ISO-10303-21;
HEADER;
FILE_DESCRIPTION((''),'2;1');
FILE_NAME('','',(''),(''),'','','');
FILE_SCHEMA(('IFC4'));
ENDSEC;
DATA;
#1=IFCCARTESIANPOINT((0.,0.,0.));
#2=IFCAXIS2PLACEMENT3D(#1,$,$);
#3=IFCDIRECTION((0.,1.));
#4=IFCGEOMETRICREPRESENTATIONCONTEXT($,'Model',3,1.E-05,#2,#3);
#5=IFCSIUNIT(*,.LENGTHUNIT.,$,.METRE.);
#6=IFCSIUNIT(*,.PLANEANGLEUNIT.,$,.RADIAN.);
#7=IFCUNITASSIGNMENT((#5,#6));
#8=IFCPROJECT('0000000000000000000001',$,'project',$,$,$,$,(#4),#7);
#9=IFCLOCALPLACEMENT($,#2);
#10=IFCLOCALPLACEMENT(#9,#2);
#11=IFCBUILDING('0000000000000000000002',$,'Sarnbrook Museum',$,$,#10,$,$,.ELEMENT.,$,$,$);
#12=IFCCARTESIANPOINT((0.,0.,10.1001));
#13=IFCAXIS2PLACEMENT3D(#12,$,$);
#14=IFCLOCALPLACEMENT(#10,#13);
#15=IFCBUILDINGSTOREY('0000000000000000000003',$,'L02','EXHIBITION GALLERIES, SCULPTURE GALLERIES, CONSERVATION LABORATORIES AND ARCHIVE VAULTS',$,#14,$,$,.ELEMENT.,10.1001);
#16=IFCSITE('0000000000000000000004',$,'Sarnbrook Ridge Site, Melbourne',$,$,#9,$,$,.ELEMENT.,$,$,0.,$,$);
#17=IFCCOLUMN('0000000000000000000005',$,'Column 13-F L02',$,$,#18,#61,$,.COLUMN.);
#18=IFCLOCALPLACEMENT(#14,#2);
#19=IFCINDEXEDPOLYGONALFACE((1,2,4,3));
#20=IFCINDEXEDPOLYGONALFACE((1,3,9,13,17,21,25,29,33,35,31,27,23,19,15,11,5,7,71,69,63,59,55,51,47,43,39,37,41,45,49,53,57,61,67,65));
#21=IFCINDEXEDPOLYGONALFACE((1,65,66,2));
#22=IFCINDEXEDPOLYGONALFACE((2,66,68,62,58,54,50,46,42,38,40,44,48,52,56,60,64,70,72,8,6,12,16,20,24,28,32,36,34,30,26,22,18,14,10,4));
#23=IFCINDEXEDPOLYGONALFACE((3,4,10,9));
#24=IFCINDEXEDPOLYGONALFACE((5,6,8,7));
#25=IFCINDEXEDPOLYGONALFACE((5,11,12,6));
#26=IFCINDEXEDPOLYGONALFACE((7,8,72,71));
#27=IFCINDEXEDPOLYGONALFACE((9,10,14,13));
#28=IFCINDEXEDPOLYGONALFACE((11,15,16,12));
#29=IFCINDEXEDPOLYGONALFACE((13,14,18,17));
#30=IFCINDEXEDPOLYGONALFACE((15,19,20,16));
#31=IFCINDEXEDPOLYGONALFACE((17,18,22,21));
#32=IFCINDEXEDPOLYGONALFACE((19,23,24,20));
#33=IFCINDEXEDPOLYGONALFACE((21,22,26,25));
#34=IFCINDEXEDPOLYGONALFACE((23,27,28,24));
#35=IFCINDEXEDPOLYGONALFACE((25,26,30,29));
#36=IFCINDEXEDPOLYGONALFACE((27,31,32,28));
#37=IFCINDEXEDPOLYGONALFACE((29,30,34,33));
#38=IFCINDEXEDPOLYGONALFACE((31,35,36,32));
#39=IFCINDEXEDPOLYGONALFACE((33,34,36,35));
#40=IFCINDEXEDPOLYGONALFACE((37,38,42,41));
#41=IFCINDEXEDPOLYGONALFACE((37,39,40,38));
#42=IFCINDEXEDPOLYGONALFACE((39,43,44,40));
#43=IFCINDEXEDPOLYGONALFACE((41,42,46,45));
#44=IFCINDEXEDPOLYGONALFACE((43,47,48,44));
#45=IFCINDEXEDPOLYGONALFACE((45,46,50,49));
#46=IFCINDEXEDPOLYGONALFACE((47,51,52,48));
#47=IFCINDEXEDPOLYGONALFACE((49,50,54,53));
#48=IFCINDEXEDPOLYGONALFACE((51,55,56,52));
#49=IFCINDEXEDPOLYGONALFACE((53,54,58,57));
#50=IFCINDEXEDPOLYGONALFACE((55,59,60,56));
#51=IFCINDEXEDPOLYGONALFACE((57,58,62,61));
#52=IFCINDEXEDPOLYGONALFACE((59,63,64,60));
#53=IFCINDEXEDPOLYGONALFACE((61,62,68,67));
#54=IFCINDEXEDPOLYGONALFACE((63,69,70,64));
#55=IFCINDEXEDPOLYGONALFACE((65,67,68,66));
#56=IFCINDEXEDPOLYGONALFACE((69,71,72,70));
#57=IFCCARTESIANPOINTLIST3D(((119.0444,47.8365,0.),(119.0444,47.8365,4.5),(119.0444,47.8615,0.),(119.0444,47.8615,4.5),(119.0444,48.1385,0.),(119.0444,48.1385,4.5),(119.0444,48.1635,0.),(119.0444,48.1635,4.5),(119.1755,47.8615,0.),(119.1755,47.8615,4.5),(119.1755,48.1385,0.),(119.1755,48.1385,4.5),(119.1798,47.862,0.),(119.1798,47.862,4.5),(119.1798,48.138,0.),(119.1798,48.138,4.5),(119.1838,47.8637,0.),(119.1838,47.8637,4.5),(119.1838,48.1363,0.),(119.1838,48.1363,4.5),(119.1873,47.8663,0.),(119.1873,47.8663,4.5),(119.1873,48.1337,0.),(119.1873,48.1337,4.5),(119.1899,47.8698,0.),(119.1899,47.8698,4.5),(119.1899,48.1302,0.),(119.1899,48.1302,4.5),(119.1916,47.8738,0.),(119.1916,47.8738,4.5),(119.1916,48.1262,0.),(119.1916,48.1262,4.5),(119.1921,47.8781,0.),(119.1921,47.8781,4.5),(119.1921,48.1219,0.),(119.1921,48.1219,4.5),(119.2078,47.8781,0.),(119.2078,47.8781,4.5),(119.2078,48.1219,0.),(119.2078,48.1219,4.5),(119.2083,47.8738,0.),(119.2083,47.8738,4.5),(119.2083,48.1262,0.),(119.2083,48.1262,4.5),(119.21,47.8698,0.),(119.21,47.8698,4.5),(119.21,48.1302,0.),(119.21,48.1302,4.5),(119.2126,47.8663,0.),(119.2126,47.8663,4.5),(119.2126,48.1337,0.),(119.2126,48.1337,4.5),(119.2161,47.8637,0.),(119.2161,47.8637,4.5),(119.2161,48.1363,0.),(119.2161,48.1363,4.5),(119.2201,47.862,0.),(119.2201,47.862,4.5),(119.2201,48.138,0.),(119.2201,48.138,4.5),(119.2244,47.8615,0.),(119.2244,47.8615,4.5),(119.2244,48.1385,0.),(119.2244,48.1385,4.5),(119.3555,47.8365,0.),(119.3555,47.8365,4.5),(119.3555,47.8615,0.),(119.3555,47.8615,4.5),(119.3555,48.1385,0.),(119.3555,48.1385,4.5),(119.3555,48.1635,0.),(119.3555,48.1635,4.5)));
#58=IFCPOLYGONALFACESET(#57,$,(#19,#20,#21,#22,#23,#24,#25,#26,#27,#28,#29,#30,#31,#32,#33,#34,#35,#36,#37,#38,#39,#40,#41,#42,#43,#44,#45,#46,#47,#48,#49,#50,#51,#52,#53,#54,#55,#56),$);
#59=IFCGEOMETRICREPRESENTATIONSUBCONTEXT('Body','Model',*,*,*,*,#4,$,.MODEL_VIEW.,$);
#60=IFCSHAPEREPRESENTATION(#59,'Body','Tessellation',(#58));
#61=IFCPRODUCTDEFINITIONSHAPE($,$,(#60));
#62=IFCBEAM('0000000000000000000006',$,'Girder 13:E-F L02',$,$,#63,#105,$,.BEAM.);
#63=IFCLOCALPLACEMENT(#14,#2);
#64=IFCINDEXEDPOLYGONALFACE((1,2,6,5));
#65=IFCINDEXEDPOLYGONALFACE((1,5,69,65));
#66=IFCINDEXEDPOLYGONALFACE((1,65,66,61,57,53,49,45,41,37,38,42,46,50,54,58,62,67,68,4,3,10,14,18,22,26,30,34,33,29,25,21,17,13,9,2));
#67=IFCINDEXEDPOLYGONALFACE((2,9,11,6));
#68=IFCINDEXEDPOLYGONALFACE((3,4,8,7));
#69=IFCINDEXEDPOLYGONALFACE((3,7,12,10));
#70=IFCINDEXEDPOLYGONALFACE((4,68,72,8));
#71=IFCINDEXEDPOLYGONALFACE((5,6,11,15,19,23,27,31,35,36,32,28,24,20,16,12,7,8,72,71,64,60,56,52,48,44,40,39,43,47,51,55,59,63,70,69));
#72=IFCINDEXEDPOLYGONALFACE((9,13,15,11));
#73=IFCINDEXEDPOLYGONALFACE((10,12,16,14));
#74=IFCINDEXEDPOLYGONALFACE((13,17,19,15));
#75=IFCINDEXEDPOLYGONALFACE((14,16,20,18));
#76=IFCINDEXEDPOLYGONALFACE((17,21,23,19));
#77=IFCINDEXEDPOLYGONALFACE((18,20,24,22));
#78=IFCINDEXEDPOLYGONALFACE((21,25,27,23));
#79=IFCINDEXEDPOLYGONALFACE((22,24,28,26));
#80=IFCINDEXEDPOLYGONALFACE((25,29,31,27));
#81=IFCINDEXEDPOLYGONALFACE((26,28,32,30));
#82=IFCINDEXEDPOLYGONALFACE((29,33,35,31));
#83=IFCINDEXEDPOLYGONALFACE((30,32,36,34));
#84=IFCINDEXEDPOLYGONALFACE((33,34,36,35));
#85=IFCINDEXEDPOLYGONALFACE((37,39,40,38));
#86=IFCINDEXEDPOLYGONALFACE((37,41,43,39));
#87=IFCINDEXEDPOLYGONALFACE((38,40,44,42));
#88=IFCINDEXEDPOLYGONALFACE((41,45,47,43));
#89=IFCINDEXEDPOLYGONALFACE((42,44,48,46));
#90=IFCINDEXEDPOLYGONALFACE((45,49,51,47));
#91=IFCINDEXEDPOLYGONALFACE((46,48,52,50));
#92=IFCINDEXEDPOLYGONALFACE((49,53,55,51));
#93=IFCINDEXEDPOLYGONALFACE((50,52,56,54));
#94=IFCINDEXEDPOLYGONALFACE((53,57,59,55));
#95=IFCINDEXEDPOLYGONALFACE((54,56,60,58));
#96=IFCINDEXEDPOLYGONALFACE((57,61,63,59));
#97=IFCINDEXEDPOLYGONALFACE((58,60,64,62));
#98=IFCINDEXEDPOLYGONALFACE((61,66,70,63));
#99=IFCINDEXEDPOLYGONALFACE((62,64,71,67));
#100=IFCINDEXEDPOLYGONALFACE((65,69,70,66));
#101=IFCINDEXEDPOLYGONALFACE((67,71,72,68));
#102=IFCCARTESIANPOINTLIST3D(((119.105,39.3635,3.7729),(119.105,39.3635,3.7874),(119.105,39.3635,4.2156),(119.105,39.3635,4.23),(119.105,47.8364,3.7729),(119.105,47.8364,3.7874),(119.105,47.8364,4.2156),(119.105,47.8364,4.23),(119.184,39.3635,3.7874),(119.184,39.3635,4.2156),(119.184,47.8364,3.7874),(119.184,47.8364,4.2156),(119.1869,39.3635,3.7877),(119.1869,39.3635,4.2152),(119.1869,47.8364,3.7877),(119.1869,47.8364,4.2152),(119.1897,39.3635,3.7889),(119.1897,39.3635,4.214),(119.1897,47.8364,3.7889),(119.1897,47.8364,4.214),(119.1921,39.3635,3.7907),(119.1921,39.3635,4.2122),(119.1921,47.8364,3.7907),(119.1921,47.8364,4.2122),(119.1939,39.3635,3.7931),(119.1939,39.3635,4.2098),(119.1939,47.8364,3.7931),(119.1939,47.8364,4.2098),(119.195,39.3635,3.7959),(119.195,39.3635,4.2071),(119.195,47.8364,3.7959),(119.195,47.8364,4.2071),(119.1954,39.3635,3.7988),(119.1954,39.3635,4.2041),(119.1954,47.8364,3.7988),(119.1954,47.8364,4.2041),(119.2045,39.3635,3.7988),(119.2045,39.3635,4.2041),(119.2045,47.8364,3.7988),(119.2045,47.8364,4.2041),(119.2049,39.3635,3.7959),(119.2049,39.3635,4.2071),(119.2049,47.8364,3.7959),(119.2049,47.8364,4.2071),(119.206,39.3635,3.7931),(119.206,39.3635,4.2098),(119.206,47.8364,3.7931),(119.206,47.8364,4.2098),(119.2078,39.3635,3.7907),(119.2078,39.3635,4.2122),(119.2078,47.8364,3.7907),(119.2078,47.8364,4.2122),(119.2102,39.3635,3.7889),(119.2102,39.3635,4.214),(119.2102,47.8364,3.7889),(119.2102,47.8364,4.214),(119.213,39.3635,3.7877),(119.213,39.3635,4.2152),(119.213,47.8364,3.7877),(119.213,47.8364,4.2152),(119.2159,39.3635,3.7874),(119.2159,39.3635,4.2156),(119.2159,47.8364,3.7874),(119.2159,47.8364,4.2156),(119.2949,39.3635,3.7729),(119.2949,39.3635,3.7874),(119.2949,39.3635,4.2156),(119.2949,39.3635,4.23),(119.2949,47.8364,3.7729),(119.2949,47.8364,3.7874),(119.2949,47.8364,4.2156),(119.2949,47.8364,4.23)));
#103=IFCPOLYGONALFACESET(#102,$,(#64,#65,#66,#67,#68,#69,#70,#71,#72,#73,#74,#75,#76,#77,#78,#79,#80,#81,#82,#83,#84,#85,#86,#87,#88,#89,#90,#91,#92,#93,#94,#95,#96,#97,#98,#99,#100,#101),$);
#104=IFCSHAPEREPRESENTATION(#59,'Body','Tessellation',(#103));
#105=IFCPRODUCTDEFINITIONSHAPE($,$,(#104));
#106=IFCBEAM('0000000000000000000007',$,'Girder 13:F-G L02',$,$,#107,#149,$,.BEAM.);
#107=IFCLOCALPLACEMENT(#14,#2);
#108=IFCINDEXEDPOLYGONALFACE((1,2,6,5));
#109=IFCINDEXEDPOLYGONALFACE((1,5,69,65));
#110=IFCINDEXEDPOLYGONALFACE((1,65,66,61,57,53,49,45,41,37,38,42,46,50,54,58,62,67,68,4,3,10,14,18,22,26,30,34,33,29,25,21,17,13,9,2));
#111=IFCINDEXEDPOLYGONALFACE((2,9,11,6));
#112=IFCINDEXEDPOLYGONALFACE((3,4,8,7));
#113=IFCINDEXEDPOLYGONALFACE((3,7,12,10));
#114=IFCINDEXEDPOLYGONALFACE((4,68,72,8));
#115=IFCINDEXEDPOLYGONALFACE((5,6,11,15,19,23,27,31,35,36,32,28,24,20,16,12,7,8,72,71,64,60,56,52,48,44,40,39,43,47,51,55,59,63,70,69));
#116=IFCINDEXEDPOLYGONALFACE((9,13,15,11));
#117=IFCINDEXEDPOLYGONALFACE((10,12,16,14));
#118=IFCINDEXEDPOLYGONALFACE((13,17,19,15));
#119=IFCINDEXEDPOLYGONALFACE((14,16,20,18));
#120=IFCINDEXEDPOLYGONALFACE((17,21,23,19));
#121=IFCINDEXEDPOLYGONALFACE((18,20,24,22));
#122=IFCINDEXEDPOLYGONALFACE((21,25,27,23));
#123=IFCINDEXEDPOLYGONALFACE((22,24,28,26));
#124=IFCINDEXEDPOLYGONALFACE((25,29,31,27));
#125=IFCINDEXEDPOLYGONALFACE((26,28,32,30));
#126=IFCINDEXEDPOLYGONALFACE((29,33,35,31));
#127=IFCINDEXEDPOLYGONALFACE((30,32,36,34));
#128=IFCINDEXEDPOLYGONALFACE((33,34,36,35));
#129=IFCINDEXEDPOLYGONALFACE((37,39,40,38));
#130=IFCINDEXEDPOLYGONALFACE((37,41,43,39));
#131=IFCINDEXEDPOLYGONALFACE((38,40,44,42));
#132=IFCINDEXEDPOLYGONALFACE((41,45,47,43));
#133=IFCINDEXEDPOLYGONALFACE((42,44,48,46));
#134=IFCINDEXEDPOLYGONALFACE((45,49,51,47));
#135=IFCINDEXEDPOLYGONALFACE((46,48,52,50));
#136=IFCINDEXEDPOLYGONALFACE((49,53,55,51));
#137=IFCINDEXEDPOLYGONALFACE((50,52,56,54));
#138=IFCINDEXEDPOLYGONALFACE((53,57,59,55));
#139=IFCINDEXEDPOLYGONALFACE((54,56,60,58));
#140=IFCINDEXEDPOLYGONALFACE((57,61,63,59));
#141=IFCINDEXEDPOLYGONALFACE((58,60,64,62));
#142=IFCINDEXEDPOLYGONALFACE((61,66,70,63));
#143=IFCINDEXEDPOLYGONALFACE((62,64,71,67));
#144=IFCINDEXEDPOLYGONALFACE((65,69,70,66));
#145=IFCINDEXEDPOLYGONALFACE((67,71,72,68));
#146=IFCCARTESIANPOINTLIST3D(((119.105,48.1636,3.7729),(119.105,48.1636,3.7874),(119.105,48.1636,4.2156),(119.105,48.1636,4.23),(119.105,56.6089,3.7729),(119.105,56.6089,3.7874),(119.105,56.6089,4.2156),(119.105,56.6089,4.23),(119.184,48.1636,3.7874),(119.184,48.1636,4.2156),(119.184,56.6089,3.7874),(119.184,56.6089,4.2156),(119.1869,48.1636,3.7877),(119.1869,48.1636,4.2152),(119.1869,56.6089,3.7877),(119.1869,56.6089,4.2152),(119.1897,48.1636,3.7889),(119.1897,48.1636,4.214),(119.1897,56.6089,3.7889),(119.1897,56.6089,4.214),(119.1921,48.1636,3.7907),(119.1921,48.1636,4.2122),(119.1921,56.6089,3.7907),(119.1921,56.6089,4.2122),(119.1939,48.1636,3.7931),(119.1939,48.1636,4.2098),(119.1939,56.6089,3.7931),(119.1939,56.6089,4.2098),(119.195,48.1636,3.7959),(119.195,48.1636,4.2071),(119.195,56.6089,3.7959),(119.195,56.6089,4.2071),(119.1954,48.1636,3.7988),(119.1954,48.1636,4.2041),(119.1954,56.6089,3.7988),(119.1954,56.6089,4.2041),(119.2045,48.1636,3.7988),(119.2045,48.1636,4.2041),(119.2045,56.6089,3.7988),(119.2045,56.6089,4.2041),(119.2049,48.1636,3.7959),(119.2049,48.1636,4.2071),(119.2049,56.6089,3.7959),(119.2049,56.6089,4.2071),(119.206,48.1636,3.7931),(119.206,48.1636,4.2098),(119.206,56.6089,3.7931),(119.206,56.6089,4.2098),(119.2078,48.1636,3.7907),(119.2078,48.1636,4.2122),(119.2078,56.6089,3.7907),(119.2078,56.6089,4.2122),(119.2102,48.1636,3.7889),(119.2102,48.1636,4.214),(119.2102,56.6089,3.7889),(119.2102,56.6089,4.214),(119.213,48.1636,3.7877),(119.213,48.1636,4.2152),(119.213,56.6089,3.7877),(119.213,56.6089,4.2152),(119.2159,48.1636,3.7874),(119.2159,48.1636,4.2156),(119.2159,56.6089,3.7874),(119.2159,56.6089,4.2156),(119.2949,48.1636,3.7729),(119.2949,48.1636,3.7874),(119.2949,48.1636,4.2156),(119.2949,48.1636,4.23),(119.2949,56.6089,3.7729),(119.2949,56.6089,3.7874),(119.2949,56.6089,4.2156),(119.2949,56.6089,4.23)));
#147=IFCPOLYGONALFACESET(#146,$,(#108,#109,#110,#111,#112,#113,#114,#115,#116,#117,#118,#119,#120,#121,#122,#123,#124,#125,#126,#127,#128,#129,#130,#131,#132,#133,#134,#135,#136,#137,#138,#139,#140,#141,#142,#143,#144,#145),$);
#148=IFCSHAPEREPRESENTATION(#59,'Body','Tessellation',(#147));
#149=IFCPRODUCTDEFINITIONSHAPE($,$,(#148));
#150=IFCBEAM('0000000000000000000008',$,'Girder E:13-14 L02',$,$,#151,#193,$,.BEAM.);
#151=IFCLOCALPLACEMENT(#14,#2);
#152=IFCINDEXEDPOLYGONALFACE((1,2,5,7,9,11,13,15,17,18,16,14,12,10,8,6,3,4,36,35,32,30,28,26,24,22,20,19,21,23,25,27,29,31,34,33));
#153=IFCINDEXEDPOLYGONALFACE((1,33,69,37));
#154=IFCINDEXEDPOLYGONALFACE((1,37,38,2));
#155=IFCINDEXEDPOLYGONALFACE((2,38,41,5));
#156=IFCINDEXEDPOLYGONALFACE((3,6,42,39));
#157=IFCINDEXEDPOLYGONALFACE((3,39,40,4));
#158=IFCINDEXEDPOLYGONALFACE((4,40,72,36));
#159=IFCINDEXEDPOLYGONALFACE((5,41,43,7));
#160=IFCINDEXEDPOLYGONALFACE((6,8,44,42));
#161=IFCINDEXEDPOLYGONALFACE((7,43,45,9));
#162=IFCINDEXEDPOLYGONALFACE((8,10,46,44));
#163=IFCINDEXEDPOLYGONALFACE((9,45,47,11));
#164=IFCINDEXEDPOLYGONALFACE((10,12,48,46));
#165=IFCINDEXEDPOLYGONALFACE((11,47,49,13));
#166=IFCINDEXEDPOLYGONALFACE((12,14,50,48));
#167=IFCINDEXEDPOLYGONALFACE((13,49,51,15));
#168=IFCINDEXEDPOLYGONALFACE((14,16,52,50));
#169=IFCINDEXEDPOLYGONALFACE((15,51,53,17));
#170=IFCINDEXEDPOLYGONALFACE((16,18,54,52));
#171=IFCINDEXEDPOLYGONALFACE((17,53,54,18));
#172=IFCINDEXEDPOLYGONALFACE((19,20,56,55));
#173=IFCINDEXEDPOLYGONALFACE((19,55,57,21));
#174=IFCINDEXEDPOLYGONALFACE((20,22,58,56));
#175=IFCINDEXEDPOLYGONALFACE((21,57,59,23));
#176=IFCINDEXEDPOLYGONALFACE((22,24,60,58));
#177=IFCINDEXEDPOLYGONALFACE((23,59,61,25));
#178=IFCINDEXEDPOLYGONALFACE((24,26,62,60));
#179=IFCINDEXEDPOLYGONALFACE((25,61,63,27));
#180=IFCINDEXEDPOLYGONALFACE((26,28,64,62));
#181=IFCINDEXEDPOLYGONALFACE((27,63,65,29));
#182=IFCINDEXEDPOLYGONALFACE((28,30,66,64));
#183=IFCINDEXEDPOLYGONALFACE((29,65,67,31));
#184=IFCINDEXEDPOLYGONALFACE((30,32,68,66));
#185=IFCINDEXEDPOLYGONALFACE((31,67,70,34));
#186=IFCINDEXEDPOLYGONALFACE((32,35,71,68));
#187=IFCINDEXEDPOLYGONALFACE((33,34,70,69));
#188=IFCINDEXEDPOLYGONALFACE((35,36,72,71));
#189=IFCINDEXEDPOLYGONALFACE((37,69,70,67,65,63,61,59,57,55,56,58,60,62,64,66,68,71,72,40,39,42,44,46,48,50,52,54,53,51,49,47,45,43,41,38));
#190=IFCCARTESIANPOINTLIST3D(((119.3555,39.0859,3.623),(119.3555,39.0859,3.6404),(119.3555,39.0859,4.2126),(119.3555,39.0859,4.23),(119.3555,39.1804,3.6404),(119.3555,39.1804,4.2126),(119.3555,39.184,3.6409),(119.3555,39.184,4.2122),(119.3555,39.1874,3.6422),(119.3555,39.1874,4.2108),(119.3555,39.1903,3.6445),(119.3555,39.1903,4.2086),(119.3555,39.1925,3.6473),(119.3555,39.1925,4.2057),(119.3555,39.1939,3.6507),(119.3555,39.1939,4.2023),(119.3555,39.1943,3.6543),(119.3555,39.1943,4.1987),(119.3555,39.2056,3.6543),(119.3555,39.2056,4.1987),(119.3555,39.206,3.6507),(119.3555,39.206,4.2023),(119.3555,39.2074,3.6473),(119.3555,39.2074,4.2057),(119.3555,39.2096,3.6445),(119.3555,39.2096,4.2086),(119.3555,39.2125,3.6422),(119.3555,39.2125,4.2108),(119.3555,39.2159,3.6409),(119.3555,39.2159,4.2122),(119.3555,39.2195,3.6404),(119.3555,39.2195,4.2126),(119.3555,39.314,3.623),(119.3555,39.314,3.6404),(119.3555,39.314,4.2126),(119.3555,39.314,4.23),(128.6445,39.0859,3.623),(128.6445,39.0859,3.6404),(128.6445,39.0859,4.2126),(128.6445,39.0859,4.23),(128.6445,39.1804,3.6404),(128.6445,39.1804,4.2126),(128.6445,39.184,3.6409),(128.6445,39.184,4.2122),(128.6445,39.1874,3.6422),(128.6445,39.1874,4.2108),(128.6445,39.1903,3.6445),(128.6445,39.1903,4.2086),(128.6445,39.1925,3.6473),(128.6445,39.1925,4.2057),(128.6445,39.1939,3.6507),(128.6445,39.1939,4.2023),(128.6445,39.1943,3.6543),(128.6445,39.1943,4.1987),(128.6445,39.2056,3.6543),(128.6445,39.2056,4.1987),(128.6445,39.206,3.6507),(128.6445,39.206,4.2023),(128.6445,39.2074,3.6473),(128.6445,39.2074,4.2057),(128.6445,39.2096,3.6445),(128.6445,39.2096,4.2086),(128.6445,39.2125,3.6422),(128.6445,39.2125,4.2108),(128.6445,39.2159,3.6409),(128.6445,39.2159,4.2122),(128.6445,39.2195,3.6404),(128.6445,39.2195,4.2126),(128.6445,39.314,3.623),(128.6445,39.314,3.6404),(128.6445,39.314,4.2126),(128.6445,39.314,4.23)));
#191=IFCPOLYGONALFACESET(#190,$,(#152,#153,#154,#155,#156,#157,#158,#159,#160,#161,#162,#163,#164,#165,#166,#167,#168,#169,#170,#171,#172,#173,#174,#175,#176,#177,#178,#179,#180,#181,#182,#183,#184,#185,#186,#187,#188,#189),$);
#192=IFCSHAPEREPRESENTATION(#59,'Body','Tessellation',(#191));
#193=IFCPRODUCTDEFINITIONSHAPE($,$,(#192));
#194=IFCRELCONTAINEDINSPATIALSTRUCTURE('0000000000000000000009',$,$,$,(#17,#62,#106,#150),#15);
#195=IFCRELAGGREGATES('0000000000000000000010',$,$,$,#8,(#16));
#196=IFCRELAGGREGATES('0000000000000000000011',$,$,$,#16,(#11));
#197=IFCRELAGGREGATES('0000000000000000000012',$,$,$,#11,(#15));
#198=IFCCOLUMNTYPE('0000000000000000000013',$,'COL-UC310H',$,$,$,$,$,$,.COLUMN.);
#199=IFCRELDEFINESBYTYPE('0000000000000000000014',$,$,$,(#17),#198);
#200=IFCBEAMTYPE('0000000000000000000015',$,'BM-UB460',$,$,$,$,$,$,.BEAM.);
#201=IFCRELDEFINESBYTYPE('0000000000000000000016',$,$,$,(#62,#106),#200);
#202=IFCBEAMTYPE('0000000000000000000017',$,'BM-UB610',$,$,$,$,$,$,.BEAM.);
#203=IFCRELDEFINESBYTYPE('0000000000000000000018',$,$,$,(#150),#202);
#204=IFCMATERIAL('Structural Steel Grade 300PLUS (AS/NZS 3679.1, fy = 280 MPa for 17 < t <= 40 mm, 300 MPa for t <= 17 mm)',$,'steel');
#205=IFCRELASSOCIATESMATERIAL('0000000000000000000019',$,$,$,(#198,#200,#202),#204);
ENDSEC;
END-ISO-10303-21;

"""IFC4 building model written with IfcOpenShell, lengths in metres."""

from ifc_helpers import new_model, si_unit, direction, frame, origin, origin_2d, place, context, subcontext, project, spatial, i_section, extrude, material, material_profile, profile_set, type_object, element, save


model = new_model("IFC4")

# Units and contexts
model_context = context("Model", 3, precision=1e-05, world=origin(), true_north=direction((0.0, 1.0)))
body_context = subcontext(model_context, "Body", "Model", "MODEL_VIEW")
ifc_project = project(units=[si_unit("LENGTHUNIT", "METRE"), si_unit("PLANEANGLEUNIT", "RADIAN")], contexts=[model_context])

# Site, building, storey
site_placement = place(None, origin())
site = spatial("IfcSite", under=ifc_project, at=site_placement, Name="Sarnbrook Ridge Site, Melbourne", CompositionType="ELEMENT", RefElevation=0.0)
building_placement = place(site_placement, origin())
building = spatial("IfcBuilding", under=site, at=building_placement, Name="Sarnbrook Museum", CompositionType="ELEMENT")
storey_placement = place(building_placement, frame((0.0, 0.0, 10.1001)))
storey = spatial("IfcBuildingStorey", under=building, at=storey_placement, Name="L02", Description="EXHIBITION GALLERIES, SCULPTURE GALLERIES, CONSERVATION LABORATORIES AND ARCHIVE VAULTS", CompositionType="ELEMENT", Elevation=10.1001)

# Column
ifc_material_1 = material(Name="Structural Steel Grade 300PLUS (AS/NZS 3679.1, fy = 280 MPa for 17 < t <= 40 mm, 300 MPa for t <= 17 mm)", Category="steel")
ifc_material_profile_1 = material_profile(ifc_material_1, i_section(OverallWidth=0.311, OverallDepth=0.3269, WebThickness=0.0156, FlangeThickness=0.0249, FilletRadius=0.0166, at=origin_2d()), Name="310UC158")
ifc_profile_set_1 = profile_set([ifc_material_profile_1], Name="Structural Steel Grade 300PLUS (AS/NZS 3679.1, fy = 280 MPa for 17 < t <= 40 mm, 300 MPa for t <= 17 mm)")
column_type = type_object("IfcColumnType", Name="COL-UC310H", PredefinedType="COLUMN", material=ifc_profile_set_1)
column_placement = place(storey_placement, frame((119.2, 48.0, 0.0), z_axis=(0.0, 0.0, 1.0), x_axis=(1.0, 0.0, 0.0)))
element("IfcColumn", 1, at=column_placement, inside=storey, type_object=column_type, Name="Column 13-F L02", PredefinedType="COLUMN", context=body_context, shape_type="SweptSolid", body=[
    extrude(i_section(OverallWidth=0.311, OverallDepth=0.3269, WebThickness=0.0156, FlangeThickness=0.0249, FilletRadius=0.0166, at=origin_2d()), origin(), (0.0, 0.0, 1.0), 4.5),
])

# Beams
ifc_material_profile_2 = material_profile(ifc_material_1, i_section(OverallWidth=0.1899, OverallDepth=0.457, WebThickness=0.009, FlangeThickness=0.0144, FilletRadius=0.0115, at=origin_2d()), Name="460UB74.6")
ifc_profile_set_2 = profile_set([ifc_material_profile_2], Name="Structural Steel Grade 300PLUS (AS/NZS 3679.1, fy = 280 MPa for 17 < t <= 40 mm, 300 MPa for t <= 17 mm)")
beam_type_1 = type_object("IfcBeamType", Name="BM-UB460", PredefinedType="BEAM", material=ifc_profile_set_2)
beam_1_placement = place(storey_placement, frame((119.2, 39.3635, 4.0015), z_axis=(0.0, 1.0, 0.0), x_axis=(-1.0, 0.0, 0.0)))
element("IfcBeam", 2, at=beam_1_placement, inside=storey, type_object=beam_type_1, Name="Girder 13:E-F L02", PredefinedType="BEAM", context=body_context, shape_type="SweptSolid", body=[
    extrude(i_section(OverallWidth=0.1899, OverallDepth=0.457, WebThickness=0.009, FlangeThickness=0.0144, FilletRadius=0.0115, at=origin_2d()), origin(), (0.0, 0.0, 1.0), 8.4729),
])
beam_2_placement = place(storey_placement, frame((119.2, 48.1636, 4.0015), z_axis=(0.0, 1.0, 0.0), x_axis=(-1.0, 0.0, 0.0)))
element("IfcBeam", 3, at=beam_2_placement, inside=storey, type_object=beam_type_1, Name="Girder 13:F-G L02", PredefinedType="BEAM", context=body_context, shape_type="SweptSolid", body=[
    extrude(i_section(OverallWidth=0.1899, OverallDepth=0.457, WebThickness=0.009, FlangeThickness=0.0144, FilletRadius=0.0115, at=origin_2d()), origin(), (0.0, 0.0, 1.0), 8.4453),
])
ifc_material_profile_3 = material_profile(ifc_material_1, i_section(OverallWidth=0.228, OverallDepth=0.6069, WebThickness=0.0112, FlangeThickness=0.0173, FilletRadius=0.0139, at=origin_2d()), Name="610UB113")
ifc_profile_set_3 = profile_set([ifc_material_profile_3], Name="Structural Steel Grade 300PLUS (AS/NZS 3679.1, fy = 280 MPa for 17 < t <= 40 mm, 300 MPa for t <= 17 mm)")
beam_type_2 = type_object("IfcBeamType", Name="BM-UB610", PredefinedType="BEAM", material=ifc_profile_set_3)
for number, where, z_axis, x_axis, name in (
    (4, (119.3555, 39.2, 3.9265), (1.0, 0.0, 0.0), (0.0, 1.0, 0.0), "Girder E:13-14 L02"),
):
    element("IfcBeam", number, at=place(storey_placement, frame(where, z_axis=z_axis, x_axis=x_axis)), inside=storey, type_object=beam_type_2, Name=name, PredefinedType="BEAM", context=body_context, shape_type="SweptSolid", body=[
        extrude(i_section(OverallWidth=0.228, OverallDepth=0.6069, WebThickness=0.0112, FlangeThickness=0.0173, FilletRadius=0.0139, at=origin_2d()), origin(), (0.0, 0.0, 1.0), 9.2891),
    ])

save(model, "model.ifc")
